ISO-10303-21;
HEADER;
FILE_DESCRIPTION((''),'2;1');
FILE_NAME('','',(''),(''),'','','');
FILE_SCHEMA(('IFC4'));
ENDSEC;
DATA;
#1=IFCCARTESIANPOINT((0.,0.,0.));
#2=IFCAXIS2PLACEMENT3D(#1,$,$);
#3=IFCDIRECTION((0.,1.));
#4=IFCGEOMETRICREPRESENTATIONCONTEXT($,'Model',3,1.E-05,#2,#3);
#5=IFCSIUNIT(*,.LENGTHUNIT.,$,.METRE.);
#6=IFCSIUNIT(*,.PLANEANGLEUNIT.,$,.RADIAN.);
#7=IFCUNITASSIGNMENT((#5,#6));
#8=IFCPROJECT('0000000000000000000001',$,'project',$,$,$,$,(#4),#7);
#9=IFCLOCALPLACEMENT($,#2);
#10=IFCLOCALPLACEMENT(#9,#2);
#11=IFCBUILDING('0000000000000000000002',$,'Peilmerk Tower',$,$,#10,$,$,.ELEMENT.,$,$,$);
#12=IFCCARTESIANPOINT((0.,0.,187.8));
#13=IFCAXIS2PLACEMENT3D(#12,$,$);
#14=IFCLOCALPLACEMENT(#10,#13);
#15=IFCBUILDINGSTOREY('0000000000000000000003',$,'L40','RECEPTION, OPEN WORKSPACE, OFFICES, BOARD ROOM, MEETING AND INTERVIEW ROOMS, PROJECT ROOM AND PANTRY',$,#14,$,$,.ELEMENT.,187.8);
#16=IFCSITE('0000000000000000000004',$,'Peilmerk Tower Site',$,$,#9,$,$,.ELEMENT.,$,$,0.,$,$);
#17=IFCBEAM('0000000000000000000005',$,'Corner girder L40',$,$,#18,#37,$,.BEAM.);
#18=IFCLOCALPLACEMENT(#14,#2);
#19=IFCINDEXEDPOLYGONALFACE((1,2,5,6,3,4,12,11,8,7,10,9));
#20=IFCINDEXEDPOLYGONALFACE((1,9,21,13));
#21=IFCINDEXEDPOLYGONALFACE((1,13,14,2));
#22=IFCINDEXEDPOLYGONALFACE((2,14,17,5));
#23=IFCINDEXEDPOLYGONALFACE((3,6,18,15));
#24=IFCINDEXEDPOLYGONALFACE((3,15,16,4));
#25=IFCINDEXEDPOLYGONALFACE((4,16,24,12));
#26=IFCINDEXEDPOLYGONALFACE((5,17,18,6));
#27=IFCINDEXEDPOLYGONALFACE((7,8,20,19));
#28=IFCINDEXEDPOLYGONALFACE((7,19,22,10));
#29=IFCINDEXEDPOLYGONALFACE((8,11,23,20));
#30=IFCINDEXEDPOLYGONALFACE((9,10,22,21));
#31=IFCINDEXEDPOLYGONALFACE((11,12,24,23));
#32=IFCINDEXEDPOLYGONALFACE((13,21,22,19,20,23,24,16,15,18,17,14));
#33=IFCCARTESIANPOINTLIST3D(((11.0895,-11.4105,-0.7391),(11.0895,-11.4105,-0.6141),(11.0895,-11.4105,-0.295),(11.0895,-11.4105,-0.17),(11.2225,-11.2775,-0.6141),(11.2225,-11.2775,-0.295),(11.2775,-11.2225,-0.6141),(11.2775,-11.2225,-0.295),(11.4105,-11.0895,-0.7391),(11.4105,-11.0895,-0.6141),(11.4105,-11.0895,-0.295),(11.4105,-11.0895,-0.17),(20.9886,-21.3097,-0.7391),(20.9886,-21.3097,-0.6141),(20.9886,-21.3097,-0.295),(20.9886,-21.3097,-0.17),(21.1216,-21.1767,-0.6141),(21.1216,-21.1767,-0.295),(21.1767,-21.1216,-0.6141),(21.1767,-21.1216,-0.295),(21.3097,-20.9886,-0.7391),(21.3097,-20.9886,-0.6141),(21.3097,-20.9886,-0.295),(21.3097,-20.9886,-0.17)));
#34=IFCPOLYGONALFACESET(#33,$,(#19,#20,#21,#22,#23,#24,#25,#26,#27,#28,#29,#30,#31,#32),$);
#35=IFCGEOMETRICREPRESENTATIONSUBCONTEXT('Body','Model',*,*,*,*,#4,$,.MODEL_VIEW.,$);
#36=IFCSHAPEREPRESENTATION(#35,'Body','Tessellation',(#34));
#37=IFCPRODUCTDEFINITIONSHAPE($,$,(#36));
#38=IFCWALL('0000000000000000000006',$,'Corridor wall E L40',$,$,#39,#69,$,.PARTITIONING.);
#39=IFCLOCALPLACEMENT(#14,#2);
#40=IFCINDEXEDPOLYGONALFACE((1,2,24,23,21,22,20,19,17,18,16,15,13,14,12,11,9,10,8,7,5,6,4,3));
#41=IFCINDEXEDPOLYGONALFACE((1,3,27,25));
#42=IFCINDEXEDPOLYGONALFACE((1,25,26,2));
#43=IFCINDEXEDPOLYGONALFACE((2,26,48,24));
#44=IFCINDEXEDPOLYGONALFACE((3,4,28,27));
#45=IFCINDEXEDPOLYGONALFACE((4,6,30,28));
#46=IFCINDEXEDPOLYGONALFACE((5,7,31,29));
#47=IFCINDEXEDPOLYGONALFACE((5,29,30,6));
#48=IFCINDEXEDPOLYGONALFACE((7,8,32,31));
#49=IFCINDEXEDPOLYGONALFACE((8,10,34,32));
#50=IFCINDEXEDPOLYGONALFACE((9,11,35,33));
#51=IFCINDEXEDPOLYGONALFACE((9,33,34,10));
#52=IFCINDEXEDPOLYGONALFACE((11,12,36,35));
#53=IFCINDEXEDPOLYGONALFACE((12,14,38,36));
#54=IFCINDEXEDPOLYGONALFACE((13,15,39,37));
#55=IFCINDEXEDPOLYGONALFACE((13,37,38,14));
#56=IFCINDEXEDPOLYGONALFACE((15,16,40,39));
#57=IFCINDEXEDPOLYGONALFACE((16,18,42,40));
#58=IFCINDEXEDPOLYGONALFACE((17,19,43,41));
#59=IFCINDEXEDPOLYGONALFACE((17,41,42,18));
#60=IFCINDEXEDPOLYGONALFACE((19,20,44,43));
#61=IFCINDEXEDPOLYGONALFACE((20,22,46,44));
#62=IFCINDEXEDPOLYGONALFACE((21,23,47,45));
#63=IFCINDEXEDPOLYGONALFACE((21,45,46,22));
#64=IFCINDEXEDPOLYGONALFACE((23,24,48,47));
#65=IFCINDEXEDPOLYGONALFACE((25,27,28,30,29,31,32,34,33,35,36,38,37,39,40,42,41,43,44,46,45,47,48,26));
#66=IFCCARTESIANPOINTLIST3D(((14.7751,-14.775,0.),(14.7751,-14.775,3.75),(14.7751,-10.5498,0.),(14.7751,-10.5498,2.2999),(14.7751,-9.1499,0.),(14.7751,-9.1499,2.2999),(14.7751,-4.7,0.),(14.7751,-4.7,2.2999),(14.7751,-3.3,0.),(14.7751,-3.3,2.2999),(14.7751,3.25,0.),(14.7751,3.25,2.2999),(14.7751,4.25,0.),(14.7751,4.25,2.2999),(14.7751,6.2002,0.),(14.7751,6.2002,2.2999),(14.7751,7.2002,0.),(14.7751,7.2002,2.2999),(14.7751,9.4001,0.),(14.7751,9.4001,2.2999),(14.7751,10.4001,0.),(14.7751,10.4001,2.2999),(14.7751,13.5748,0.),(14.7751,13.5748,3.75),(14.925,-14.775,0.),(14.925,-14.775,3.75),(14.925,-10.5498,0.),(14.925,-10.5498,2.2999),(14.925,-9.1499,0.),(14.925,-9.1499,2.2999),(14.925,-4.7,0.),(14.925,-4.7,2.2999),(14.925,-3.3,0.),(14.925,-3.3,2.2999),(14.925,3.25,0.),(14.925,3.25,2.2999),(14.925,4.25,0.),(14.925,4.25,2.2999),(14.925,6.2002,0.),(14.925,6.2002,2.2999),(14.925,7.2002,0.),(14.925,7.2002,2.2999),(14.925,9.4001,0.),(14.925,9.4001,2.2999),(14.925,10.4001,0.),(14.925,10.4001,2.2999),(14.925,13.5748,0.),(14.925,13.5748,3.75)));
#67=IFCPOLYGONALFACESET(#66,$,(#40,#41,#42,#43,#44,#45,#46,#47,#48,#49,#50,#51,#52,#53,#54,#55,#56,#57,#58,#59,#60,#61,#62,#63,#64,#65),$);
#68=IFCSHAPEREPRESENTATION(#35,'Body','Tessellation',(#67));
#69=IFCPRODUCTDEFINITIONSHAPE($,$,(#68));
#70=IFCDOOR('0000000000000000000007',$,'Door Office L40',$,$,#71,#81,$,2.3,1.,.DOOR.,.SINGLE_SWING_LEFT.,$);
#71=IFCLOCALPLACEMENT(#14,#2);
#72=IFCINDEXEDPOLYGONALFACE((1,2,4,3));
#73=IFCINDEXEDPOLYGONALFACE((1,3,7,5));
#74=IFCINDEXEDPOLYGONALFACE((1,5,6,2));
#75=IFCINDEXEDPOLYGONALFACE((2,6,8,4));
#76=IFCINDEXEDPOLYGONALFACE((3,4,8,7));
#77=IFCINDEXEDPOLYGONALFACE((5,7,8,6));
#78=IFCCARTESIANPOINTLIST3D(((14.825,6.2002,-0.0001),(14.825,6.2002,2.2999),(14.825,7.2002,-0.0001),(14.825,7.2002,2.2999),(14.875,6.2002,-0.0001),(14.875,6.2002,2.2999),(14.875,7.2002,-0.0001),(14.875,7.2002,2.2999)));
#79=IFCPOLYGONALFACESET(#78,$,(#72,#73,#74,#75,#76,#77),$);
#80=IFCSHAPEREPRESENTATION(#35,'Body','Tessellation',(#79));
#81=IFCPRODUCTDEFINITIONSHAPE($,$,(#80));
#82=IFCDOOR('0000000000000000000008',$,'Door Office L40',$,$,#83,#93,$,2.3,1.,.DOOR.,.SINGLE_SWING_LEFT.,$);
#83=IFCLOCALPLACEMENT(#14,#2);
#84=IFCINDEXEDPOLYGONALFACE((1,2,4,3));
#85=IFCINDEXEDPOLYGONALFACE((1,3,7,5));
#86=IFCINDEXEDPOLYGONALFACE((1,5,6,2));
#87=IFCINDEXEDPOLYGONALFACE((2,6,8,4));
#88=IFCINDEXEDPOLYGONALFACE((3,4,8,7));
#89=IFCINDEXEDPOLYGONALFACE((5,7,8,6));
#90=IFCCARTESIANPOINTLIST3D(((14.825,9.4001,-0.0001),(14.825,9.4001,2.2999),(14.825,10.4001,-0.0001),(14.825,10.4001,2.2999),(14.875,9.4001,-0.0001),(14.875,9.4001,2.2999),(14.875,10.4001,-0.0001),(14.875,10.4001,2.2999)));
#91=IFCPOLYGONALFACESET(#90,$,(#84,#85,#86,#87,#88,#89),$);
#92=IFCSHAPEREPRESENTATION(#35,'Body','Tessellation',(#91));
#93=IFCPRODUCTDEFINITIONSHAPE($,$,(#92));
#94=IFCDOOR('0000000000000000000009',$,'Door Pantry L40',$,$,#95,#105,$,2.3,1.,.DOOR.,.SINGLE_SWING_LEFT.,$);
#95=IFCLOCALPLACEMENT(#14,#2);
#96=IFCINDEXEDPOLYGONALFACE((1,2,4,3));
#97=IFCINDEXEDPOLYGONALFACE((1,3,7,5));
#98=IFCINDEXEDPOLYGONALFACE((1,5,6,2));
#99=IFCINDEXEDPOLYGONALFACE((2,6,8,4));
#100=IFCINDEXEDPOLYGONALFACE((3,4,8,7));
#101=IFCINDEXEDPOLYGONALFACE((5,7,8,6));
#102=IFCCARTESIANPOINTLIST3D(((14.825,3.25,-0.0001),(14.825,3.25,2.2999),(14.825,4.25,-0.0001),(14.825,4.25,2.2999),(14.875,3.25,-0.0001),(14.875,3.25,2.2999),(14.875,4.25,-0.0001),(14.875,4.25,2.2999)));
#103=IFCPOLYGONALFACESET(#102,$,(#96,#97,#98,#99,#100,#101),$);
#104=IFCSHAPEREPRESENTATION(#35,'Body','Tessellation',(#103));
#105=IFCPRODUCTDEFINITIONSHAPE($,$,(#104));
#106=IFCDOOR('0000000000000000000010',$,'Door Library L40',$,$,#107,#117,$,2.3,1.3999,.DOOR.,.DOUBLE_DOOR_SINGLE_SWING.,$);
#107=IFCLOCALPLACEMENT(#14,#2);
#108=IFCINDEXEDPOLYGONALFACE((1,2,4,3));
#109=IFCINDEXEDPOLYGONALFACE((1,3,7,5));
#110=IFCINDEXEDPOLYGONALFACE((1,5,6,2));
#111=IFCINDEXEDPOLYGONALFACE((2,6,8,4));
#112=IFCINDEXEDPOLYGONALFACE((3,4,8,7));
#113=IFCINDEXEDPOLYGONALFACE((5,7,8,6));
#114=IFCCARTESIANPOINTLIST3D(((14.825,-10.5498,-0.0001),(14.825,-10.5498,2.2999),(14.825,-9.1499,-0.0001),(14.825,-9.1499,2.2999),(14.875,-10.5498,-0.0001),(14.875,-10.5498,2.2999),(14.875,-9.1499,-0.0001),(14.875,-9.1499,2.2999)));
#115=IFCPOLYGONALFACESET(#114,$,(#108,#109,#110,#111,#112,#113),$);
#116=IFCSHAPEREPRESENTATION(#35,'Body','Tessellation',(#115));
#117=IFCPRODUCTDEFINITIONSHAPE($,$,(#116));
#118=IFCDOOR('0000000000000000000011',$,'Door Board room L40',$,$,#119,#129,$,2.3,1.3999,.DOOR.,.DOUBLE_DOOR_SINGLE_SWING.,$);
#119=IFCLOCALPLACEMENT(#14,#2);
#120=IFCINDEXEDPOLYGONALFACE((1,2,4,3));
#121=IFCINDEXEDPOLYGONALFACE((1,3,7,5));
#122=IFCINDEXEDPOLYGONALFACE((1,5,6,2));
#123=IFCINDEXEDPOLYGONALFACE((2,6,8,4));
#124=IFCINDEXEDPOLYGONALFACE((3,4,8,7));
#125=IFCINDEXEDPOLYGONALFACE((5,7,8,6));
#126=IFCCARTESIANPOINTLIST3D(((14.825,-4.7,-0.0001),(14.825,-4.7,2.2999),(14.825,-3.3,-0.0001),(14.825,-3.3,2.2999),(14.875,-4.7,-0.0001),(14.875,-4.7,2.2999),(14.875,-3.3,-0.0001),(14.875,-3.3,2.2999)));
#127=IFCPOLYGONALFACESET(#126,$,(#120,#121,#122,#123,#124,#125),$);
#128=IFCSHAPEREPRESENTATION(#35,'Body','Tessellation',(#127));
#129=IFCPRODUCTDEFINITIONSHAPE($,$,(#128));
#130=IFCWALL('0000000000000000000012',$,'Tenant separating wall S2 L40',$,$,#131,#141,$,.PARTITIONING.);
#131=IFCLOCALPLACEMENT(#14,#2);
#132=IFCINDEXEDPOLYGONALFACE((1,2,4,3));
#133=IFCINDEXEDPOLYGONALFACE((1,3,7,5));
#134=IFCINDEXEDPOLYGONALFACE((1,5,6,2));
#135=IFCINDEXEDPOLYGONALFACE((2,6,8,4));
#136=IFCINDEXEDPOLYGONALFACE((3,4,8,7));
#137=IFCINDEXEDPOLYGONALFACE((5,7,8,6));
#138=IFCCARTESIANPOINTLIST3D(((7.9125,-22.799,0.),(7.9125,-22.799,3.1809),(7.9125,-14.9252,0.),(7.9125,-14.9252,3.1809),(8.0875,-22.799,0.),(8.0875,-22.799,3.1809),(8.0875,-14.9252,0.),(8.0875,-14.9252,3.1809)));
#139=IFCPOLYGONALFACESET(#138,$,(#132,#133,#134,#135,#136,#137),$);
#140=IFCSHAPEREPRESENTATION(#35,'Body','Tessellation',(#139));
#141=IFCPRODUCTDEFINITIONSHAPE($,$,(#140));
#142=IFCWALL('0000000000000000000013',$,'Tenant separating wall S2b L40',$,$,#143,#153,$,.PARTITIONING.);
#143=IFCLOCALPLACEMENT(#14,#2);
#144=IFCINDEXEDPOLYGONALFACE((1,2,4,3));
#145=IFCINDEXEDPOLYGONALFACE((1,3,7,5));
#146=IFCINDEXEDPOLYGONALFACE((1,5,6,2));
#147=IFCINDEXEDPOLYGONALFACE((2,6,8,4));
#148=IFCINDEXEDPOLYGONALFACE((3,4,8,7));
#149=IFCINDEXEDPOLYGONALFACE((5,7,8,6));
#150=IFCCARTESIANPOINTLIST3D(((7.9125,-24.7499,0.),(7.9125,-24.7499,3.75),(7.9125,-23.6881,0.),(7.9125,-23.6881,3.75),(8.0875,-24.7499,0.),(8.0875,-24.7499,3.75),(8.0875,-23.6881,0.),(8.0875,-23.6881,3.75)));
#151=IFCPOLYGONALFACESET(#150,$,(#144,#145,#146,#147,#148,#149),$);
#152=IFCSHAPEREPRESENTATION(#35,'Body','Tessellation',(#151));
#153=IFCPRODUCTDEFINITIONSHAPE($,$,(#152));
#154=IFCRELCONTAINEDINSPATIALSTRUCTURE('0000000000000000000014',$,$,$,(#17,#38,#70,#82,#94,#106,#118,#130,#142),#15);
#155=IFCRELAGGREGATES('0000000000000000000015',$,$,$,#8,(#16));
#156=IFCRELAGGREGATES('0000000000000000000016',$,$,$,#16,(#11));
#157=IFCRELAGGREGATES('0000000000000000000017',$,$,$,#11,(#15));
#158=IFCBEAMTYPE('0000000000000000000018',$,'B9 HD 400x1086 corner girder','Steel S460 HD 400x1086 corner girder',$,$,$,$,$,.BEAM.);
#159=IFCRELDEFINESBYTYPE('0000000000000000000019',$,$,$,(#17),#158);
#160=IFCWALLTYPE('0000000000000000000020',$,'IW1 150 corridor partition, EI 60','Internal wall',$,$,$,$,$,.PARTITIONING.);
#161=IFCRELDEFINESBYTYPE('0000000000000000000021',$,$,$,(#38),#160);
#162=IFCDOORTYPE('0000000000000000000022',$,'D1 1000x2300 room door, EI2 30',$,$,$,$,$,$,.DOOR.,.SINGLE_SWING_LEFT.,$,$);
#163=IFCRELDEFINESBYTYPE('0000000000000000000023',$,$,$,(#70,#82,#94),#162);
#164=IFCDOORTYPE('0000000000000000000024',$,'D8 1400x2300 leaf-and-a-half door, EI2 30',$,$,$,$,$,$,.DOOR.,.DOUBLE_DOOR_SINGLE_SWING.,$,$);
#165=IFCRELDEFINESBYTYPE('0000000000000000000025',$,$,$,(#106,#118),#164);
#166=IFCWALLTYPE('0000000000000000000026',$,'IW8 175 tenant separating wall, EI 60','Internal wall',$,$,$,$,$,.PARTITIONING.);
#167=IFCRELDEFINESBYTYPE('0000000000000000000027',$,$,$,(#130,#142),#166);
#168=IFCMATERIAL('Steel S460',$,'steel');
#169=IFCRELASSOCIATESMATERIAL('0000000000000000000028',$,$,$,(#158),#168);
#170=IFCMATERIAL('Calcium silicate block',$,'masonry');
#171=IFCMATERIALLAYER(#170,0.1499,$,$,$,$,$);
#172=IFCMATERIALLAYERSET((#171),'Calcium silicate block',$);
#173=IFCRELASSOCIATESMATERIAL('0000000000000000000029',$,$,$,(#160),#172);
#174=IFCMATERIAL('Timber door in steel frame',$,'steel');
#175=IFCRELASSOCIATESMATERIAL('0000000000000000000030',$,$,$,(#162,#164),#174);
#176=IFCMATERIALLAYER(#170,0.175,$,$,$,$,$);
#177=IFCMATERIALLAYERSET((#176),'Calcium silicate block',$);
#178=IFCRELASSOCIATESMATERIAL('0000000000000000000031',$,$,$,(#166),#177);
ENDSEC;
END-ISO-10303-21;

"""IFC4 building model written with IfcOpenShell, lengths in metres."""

from ifc_helpers import new_model, si_unit, direction, frame, frame_2d, origin, origin_2d, place, context, subcontext, project, spatial, rectangle, i_section, extrude, material, layer, layer_set, material_profile, profile_set, type_object, element, fill, save


model = new_model("IFC4")

# Units and contexts
model_context = context("Model", 3, precision=1e-05, world=origin(), true_north=direction((0.0, 1.0)))
body_context = subcontext(model_context, "Body", "Model", "MODEL_VIEW")
ifc_project = project(units=[si_unit("LENGTHUNIT", "METRE"), si_unit("PLANEANGLEUNIT", "RADIAN")], contexts=[model_context])

# Site, building, storey
site_placement = place(None, origin())
site = spatial("IfcSite", under=ifc_project, at=site_placement, Name="Peilmerk Tower Site", CompositionType="ELEMENT", RefElevation=0.0)
building_placement = place(site_placement, origin())
building = spatial("IfcBuilding", under=site, at=building_placement, Name="Peilmerk Tower", CompositionType="ELEMENT")
storey_placement = place(building_placement, frame((0.0, 0.0, 187.8)))
storey = spatial("IfcBuildingStorey", under=building, at=storey_placement, Name="L40", Description="RECEPTION, OPEN WORKSPACE, OFFICES, BOARD ROOM, MEETING AND INTERVIEW ROOMS, PROJECT ROOM AND PANTRY", CompositionType="ELEMENT", Elevation=187.8)

# Shared definitions
ifc_material_1 = material(Name="Steel S460", Category="steel")

# Beam
ifc_material_profile_1 = material_profile(ifc_material_1, i_section(OverallWidth=0.4541, OverallDepth=0.5691, WebThickness=0.0779, FlangeThickness=0.125, at=origin_2d()), Name="HD 400x1086")
ifc_profile_set_1 = profile_set([ifc_material_profile_1], Name="Steel S460")
beam_type_1 = type_object("IfcBeamType", Name="B9 HD 400x1086 corner girder", Description="Steel S460 HD 400x1086 corner girder", PredefinedType="BEAM", material=ifc_profile_set_1)
beam_1_placement = place(storey_placement, frame((11.25, -11.25, -0.4546), z_axis=(0.707107, -0.707107, 0.0), x_axis=(0.707107, 0.707107, 0.0)))
element("IfcBeam", 1, at=beam_1_placement, inside=storey, type_object=beam_type_1, Name="Corner girder L40", PredefinedType="BEAM", context=body_context, shape_type="SweptSolid", body=[
    extrude(i_section(OverallWidth=0.4541, OverallDepth=0.5691, WebThickness=0.0779, FlangeThickness=0.125, at=origin_2d()), origin(), (0.0, 0.0, 1.0), 13.9995),
])

# Wall, openings, doors
ifc_material_2 = material(Name="Calcium silicate block", Category="masonry")
ifc_layer_1 = layer(ifc_material_2, 0.1499)
ifc_layer_set_1 = layer_set([ifc_layer_1], Name="Calcium silicate block")
wall_type_1 = type_object("IfcWallType", Name="IW1 150 corridor partition, EI 60", Description="Internal wall", PredefinedType="PARTITIONING", material=ifc_layer_set_1)
wall_1_placement = place(storey_placement, frame((14.8501, -14.7749, 0.0), z_axis=(0.0, 0.0, 1.0), x_axis=(0.0, 1.0, 0.0)))
wall_1 = element("IfcWall", 2, at=wall_1_placement, inside=storey, type_object=wall_type_1, Name="Corridor wall E L40", PredefinedType="PARTITIONING", context=body_context, shape_type="SweptSolid", body=[
    extrude(rectangle(XDim=28.3499, YDim=0.1499, at=frame_2d((14.1748, 0.0))), origin(), (0.0, 0.0, 1.0), 3.75),
])
opening_1_placement = place(wall_1_placement, frame((4.2251, 0.0, 0.0)))
opening_1 = element("IfcOpeningElement", 3, at=opening_1_placement, cuts=wall_1, PredefinedType="OPENING", context=body_context, shape_type="SweptSolid", body=[
    extrude(rectangle(XDim=1.3999, YDim=2.3, at=frame_2d((0.7, 1.1499))), frame((0.0, 0.085, 0.0), z_axis=(0.0, -1.0, 0.0), x_axis=(1.0, 0.0, 0.0)), (0.0, 0.0, 1.0), 0.1699),
])
opening_2_placement = place(wall_1_placement, frame((20.9751, 0.0, 0.0)))
opening_2 = element("IfcOpeningElement", 4, at=opening_2_placement, cuts=wall_1, PredefinedType="OPENING", context=body_context, shape_type="SweptSolid", body=[
    extrude(rectangle(XDim=1.0, YDim=2.3, at=frame_2d((0.5, 1.1499))), frame((0.0, 0.085, 0.0), z_axis=(0.0, -1.0, 0.0), x_axis=(1.0, 0.0, 0.0)), (0.0, 0.0, 1.0), 0.1699),
])
opening_3_placement = place(wall_1_placement, frame((24.175, 0.0, 0.0)))
opening_3 = element("IfcOpeningElement", 5, at=opening_3_placement, cuts=wall_1, PredefinedType="OPENING", context=body_context, shape_type="SweptSolid", body=[
    extrude(rectangle(XDim=1.0, YDim=2.3, at=frame_2d((0.5, 1.1499))), frame((0.0, 0.085, 0.0), z_axis=(0.0, -1.0, 0.0), x_axis=(1.0, 0.0, 0.0)), (0.0, 0.0, 1.0), 0.1699),
])
opening_4_placement = place(wall_1_placement, frame((10.075, 0.0, 0.0)))
opening_4 = element("IfcOpeningElement", 6, at=opening_4_placement, cuts=wall_1, PredefinedType="OPENING", context=body_context, shape_type="SweptSolid", body=[
    extrude(rectangle(XDim=1.3999, YDim=2.3, at=frame_2d((0.7, 1.1499))), frame((0.0, 0.085, 0.0), z_axis=(0.0, -1.0, 0.0), x_axis=(1.0, 0.0, 0.0)), (0.0, 0.0, 1.0), 0.1699),
])
opening_5_placement = place(wall_1_placement, frame((18.0249, 0.0, 0.0)))
opening_5 = element("IfcOpeningElement", 7, at=opening_5_placement, cuts=wall_1, PredefinedType="OPENING", context=body_context, shape_type="SweptSolid", body=[
    extrude(rectangle(XDim=1.0, YDim=2.3, at=frame_2d((0.5, 1.1499))), frame((0.0, 0.085, 0.0), z_axis=(0.0, -1.0, 0.0), x_axis=(1.0, 0.0, 0.0)), (0.0, 0.0, 1.0), 0.1699),
])
ifc_material_3 = material(Name="Timber door in steel frame", Category="steel")
door_type_1 = type_object("IfcDoorType", Name="D1 1000x2300 room door, EI2 30", OperationType="SINGLE_SWING_LEFT", PredefinedType="DOOR", material=ifc_material_3)
door_1_placement = place(opening_2_placement, frame((1.0, 0.0, 0.0), z_axis=(0.0, 0.0, 1.0), x_axis=(-1.0, 0.0, 0.0)))
door_1 = element("IfcDoor", 8, at=door_1_placement, inside=storey, type_object=door_type_1, Name="Door Office L40", OperationType="SINGLE_SWING_LEFT", OverallHeight=2.3, OverallWidth=1.0, PredefinedType="DOOR", context=body_context, shape_type="SweptSolid", body=[
    extrude(rectangle(XDim=1.0, YDim=2.3, at=frame_2d((0.5, 1.1499))), frame((0.0, 0.0249, 0.0), z_axis=(0.0, -1.0, 0.0), x_axis=(1.0, 0.0, 0.0)), (0.0, 0.0, 1.0), 0.05),
])
fill(opening_2, door_1)
door_2_placement = place(opening_3_placement, frame((1.0, 0.0, 0.0), z_axis=(0.0, 0.0, 1.0), x_axis=(-1.0, 0.0, 0.0)))
door_2 = element("IfcDoor", 9, at=door_2_placement, inside=storey, type_object=door_type_1, Name="Door Office L40", OperationType="SINGLE_SWING_LEFT", OverallHeight=2.3, OverallWidth=1.0, PredefinedType="DOOR", context=body_context, shape_type="SweptSolid", body=[
    extrude(rectangle(XDim=1.0, YDim=2.3, at=frame_2d((0.5, 1.1499))), frame((0.0, 0.0249, 0.0), z_axis=(0.0, -1.0, 0.0), x_axis=(1.0, 0.0, 0.0)), (0.0, 0.0, 1.0), 0.05),
])
fill(opening_3, door_2)
door_3_placement = place(opening_5_placement, frame((1.0, 0.0, 0.0), z_axis=(0.0, 0.0, 1.0), x_axis=(-1.0, 0.0, 0.0)))
door_3 = element("IfcDoor", 10, at=door_3_placement, inside=storey, type_object=door_type_1, Name="Door Pantry L40", OperationType="SINGLE_SWING_LEFT", OverallHeight=2.3, OverallWidth=1.0, PredefinedType="DOOR", context=body_context, shape_type="SweptSolid", body=[
    extrude(rectangle(XDim=1.0, YDim=2.3, at=frame_2d((0.5, 1.1499))), frame((0.0, 0.0249, 0.0), z_axis=(0.0, -1.0, 0.0), x_axis=(1.0, 0.0, 0.0)), (0.0, 0.0, 1.0), 0.05),
])
fill(opening_5, door_3)
door_type_2 = type_object("IfcDoorType", Name="D8 1400x2300 leaf-and-a-half door, EI2 30", OperationType="DOUBLE_DOOR_SINGLE_SWING", PredefinedType="DOOR", material=ifc_material_3)
door_4_placement = place(opening_1_placement, frame((1.3999, 0.0, 0.0), z_axis=(0.0, 0.0, 1.0), x_axis=(-1.0, 0.0, 0.0)))
door_4 = element("IfcDoor", 11, at=door_4_placement, inside=storey, type_object=door_type_2, Name="Door Library L40", OperationType="DOUBLE_DOOR_SINGLE_SWING", OverallHeight=2.3, OverallWidth=1.3999, PredefinedType="DOOR", context=body_context, shape_type="SweptSolid", body=[
    extrude(rectangle(XDim=1.3999, YDim=2.3, at=frame_2d((0.7, 1.1499))), frame((0.0, 0.0249, 0.0), z_axis=(0.0, -1.0, 0.0), x_axis=(1.0, 0.0, 0.0)), (0.0, 0.0, 1.0), 0.05),
])
fill(opening_1, door_4)
door_5_placement = place(opening_4_placement, frame((1.3999, 0.0, 0.0), z_axis=(0.0, 0.0, 1.0), x_axis=(-1.0, 0.0, 0.0)))
door_5 = element("IfcDoor", 12, at=door_5_placement, inside=storey, type_object=door_type_2, Name="Door Board room L40", OperationType="DOUBLE_DOOR_SINGLE_SWING", OverallHeight=2.3, OverallWidth=1.3999, PredefinedType="DOOR", context=body_context, shape_type="SweptSolid", body=[
    extrude(rectangle(XDim=1.3999, YDim=2.3, at=frame_2d((0.7, 1.1499))), frame((0.0, 0.0249, 0.0), z_axis=(0.0, -1.0, 0.0), x_axis=(1.0, 0.0, 0.0)), (0.0, 0.0, 1.0), 0.05),
])
fill(opening_4, door_5)

# Walls
ifc_layer_2 = layer(ifc_material_2, 0.175)
ifc_layer_set_2 = layer_set([ifc_layer_2], Name="Calcium silicate block")
wall_type_2 = type_object("IfcWallType", Name="IW8 175 tenant separating wall, EI 60", Description="Internal wall", PredefinedType="PARTITIONING", material=ifc_layer_set_2)
wall_2_placement = place(storey_placement, frame((8.0, -14.925, 0.0), z_axis=(0.0, 0.0, 1.0), x_axis=(0.0, -1.0, 0.0)))
element("IfcWall", 13, at=wall_2_placement, inside=storey, type_object=wall_type_2, Name="Tenant separating wall S2 L40", PredefinedType="PARTITIONING", context=body_context, shape_type="SweptSolid", body=[
    extrude(rectangle(XDim=7.8738, YDim=0.175, at=frame_2d((3.937, 0.0))), origin(), (0.0, 0.0, 1.0), 3.1809),
])
wall_3_placement = place(storey_placement, frame((8.0, -23.6882, 0.0), z_axis=(0.0, 0.0, 1.0), x_axis=(0.0, -1.0, 0.0)))
element("IfcWall", 14, at=wall_3_placement, inside=storey, type_object=wall_type_2, Name="Tenant separating wall S2b L40", PredefinedType="PARTITIONING", context=body_context, shape_type="SweptSolid", body=[
    extrude(rectangle(XDim=1.0618, YDim=0.175, at=frame_2d((0.5308, 0.0))), origin(), (0.0, 0.0, 1.0), 3.75),
])

save(model, "model.ifc")
